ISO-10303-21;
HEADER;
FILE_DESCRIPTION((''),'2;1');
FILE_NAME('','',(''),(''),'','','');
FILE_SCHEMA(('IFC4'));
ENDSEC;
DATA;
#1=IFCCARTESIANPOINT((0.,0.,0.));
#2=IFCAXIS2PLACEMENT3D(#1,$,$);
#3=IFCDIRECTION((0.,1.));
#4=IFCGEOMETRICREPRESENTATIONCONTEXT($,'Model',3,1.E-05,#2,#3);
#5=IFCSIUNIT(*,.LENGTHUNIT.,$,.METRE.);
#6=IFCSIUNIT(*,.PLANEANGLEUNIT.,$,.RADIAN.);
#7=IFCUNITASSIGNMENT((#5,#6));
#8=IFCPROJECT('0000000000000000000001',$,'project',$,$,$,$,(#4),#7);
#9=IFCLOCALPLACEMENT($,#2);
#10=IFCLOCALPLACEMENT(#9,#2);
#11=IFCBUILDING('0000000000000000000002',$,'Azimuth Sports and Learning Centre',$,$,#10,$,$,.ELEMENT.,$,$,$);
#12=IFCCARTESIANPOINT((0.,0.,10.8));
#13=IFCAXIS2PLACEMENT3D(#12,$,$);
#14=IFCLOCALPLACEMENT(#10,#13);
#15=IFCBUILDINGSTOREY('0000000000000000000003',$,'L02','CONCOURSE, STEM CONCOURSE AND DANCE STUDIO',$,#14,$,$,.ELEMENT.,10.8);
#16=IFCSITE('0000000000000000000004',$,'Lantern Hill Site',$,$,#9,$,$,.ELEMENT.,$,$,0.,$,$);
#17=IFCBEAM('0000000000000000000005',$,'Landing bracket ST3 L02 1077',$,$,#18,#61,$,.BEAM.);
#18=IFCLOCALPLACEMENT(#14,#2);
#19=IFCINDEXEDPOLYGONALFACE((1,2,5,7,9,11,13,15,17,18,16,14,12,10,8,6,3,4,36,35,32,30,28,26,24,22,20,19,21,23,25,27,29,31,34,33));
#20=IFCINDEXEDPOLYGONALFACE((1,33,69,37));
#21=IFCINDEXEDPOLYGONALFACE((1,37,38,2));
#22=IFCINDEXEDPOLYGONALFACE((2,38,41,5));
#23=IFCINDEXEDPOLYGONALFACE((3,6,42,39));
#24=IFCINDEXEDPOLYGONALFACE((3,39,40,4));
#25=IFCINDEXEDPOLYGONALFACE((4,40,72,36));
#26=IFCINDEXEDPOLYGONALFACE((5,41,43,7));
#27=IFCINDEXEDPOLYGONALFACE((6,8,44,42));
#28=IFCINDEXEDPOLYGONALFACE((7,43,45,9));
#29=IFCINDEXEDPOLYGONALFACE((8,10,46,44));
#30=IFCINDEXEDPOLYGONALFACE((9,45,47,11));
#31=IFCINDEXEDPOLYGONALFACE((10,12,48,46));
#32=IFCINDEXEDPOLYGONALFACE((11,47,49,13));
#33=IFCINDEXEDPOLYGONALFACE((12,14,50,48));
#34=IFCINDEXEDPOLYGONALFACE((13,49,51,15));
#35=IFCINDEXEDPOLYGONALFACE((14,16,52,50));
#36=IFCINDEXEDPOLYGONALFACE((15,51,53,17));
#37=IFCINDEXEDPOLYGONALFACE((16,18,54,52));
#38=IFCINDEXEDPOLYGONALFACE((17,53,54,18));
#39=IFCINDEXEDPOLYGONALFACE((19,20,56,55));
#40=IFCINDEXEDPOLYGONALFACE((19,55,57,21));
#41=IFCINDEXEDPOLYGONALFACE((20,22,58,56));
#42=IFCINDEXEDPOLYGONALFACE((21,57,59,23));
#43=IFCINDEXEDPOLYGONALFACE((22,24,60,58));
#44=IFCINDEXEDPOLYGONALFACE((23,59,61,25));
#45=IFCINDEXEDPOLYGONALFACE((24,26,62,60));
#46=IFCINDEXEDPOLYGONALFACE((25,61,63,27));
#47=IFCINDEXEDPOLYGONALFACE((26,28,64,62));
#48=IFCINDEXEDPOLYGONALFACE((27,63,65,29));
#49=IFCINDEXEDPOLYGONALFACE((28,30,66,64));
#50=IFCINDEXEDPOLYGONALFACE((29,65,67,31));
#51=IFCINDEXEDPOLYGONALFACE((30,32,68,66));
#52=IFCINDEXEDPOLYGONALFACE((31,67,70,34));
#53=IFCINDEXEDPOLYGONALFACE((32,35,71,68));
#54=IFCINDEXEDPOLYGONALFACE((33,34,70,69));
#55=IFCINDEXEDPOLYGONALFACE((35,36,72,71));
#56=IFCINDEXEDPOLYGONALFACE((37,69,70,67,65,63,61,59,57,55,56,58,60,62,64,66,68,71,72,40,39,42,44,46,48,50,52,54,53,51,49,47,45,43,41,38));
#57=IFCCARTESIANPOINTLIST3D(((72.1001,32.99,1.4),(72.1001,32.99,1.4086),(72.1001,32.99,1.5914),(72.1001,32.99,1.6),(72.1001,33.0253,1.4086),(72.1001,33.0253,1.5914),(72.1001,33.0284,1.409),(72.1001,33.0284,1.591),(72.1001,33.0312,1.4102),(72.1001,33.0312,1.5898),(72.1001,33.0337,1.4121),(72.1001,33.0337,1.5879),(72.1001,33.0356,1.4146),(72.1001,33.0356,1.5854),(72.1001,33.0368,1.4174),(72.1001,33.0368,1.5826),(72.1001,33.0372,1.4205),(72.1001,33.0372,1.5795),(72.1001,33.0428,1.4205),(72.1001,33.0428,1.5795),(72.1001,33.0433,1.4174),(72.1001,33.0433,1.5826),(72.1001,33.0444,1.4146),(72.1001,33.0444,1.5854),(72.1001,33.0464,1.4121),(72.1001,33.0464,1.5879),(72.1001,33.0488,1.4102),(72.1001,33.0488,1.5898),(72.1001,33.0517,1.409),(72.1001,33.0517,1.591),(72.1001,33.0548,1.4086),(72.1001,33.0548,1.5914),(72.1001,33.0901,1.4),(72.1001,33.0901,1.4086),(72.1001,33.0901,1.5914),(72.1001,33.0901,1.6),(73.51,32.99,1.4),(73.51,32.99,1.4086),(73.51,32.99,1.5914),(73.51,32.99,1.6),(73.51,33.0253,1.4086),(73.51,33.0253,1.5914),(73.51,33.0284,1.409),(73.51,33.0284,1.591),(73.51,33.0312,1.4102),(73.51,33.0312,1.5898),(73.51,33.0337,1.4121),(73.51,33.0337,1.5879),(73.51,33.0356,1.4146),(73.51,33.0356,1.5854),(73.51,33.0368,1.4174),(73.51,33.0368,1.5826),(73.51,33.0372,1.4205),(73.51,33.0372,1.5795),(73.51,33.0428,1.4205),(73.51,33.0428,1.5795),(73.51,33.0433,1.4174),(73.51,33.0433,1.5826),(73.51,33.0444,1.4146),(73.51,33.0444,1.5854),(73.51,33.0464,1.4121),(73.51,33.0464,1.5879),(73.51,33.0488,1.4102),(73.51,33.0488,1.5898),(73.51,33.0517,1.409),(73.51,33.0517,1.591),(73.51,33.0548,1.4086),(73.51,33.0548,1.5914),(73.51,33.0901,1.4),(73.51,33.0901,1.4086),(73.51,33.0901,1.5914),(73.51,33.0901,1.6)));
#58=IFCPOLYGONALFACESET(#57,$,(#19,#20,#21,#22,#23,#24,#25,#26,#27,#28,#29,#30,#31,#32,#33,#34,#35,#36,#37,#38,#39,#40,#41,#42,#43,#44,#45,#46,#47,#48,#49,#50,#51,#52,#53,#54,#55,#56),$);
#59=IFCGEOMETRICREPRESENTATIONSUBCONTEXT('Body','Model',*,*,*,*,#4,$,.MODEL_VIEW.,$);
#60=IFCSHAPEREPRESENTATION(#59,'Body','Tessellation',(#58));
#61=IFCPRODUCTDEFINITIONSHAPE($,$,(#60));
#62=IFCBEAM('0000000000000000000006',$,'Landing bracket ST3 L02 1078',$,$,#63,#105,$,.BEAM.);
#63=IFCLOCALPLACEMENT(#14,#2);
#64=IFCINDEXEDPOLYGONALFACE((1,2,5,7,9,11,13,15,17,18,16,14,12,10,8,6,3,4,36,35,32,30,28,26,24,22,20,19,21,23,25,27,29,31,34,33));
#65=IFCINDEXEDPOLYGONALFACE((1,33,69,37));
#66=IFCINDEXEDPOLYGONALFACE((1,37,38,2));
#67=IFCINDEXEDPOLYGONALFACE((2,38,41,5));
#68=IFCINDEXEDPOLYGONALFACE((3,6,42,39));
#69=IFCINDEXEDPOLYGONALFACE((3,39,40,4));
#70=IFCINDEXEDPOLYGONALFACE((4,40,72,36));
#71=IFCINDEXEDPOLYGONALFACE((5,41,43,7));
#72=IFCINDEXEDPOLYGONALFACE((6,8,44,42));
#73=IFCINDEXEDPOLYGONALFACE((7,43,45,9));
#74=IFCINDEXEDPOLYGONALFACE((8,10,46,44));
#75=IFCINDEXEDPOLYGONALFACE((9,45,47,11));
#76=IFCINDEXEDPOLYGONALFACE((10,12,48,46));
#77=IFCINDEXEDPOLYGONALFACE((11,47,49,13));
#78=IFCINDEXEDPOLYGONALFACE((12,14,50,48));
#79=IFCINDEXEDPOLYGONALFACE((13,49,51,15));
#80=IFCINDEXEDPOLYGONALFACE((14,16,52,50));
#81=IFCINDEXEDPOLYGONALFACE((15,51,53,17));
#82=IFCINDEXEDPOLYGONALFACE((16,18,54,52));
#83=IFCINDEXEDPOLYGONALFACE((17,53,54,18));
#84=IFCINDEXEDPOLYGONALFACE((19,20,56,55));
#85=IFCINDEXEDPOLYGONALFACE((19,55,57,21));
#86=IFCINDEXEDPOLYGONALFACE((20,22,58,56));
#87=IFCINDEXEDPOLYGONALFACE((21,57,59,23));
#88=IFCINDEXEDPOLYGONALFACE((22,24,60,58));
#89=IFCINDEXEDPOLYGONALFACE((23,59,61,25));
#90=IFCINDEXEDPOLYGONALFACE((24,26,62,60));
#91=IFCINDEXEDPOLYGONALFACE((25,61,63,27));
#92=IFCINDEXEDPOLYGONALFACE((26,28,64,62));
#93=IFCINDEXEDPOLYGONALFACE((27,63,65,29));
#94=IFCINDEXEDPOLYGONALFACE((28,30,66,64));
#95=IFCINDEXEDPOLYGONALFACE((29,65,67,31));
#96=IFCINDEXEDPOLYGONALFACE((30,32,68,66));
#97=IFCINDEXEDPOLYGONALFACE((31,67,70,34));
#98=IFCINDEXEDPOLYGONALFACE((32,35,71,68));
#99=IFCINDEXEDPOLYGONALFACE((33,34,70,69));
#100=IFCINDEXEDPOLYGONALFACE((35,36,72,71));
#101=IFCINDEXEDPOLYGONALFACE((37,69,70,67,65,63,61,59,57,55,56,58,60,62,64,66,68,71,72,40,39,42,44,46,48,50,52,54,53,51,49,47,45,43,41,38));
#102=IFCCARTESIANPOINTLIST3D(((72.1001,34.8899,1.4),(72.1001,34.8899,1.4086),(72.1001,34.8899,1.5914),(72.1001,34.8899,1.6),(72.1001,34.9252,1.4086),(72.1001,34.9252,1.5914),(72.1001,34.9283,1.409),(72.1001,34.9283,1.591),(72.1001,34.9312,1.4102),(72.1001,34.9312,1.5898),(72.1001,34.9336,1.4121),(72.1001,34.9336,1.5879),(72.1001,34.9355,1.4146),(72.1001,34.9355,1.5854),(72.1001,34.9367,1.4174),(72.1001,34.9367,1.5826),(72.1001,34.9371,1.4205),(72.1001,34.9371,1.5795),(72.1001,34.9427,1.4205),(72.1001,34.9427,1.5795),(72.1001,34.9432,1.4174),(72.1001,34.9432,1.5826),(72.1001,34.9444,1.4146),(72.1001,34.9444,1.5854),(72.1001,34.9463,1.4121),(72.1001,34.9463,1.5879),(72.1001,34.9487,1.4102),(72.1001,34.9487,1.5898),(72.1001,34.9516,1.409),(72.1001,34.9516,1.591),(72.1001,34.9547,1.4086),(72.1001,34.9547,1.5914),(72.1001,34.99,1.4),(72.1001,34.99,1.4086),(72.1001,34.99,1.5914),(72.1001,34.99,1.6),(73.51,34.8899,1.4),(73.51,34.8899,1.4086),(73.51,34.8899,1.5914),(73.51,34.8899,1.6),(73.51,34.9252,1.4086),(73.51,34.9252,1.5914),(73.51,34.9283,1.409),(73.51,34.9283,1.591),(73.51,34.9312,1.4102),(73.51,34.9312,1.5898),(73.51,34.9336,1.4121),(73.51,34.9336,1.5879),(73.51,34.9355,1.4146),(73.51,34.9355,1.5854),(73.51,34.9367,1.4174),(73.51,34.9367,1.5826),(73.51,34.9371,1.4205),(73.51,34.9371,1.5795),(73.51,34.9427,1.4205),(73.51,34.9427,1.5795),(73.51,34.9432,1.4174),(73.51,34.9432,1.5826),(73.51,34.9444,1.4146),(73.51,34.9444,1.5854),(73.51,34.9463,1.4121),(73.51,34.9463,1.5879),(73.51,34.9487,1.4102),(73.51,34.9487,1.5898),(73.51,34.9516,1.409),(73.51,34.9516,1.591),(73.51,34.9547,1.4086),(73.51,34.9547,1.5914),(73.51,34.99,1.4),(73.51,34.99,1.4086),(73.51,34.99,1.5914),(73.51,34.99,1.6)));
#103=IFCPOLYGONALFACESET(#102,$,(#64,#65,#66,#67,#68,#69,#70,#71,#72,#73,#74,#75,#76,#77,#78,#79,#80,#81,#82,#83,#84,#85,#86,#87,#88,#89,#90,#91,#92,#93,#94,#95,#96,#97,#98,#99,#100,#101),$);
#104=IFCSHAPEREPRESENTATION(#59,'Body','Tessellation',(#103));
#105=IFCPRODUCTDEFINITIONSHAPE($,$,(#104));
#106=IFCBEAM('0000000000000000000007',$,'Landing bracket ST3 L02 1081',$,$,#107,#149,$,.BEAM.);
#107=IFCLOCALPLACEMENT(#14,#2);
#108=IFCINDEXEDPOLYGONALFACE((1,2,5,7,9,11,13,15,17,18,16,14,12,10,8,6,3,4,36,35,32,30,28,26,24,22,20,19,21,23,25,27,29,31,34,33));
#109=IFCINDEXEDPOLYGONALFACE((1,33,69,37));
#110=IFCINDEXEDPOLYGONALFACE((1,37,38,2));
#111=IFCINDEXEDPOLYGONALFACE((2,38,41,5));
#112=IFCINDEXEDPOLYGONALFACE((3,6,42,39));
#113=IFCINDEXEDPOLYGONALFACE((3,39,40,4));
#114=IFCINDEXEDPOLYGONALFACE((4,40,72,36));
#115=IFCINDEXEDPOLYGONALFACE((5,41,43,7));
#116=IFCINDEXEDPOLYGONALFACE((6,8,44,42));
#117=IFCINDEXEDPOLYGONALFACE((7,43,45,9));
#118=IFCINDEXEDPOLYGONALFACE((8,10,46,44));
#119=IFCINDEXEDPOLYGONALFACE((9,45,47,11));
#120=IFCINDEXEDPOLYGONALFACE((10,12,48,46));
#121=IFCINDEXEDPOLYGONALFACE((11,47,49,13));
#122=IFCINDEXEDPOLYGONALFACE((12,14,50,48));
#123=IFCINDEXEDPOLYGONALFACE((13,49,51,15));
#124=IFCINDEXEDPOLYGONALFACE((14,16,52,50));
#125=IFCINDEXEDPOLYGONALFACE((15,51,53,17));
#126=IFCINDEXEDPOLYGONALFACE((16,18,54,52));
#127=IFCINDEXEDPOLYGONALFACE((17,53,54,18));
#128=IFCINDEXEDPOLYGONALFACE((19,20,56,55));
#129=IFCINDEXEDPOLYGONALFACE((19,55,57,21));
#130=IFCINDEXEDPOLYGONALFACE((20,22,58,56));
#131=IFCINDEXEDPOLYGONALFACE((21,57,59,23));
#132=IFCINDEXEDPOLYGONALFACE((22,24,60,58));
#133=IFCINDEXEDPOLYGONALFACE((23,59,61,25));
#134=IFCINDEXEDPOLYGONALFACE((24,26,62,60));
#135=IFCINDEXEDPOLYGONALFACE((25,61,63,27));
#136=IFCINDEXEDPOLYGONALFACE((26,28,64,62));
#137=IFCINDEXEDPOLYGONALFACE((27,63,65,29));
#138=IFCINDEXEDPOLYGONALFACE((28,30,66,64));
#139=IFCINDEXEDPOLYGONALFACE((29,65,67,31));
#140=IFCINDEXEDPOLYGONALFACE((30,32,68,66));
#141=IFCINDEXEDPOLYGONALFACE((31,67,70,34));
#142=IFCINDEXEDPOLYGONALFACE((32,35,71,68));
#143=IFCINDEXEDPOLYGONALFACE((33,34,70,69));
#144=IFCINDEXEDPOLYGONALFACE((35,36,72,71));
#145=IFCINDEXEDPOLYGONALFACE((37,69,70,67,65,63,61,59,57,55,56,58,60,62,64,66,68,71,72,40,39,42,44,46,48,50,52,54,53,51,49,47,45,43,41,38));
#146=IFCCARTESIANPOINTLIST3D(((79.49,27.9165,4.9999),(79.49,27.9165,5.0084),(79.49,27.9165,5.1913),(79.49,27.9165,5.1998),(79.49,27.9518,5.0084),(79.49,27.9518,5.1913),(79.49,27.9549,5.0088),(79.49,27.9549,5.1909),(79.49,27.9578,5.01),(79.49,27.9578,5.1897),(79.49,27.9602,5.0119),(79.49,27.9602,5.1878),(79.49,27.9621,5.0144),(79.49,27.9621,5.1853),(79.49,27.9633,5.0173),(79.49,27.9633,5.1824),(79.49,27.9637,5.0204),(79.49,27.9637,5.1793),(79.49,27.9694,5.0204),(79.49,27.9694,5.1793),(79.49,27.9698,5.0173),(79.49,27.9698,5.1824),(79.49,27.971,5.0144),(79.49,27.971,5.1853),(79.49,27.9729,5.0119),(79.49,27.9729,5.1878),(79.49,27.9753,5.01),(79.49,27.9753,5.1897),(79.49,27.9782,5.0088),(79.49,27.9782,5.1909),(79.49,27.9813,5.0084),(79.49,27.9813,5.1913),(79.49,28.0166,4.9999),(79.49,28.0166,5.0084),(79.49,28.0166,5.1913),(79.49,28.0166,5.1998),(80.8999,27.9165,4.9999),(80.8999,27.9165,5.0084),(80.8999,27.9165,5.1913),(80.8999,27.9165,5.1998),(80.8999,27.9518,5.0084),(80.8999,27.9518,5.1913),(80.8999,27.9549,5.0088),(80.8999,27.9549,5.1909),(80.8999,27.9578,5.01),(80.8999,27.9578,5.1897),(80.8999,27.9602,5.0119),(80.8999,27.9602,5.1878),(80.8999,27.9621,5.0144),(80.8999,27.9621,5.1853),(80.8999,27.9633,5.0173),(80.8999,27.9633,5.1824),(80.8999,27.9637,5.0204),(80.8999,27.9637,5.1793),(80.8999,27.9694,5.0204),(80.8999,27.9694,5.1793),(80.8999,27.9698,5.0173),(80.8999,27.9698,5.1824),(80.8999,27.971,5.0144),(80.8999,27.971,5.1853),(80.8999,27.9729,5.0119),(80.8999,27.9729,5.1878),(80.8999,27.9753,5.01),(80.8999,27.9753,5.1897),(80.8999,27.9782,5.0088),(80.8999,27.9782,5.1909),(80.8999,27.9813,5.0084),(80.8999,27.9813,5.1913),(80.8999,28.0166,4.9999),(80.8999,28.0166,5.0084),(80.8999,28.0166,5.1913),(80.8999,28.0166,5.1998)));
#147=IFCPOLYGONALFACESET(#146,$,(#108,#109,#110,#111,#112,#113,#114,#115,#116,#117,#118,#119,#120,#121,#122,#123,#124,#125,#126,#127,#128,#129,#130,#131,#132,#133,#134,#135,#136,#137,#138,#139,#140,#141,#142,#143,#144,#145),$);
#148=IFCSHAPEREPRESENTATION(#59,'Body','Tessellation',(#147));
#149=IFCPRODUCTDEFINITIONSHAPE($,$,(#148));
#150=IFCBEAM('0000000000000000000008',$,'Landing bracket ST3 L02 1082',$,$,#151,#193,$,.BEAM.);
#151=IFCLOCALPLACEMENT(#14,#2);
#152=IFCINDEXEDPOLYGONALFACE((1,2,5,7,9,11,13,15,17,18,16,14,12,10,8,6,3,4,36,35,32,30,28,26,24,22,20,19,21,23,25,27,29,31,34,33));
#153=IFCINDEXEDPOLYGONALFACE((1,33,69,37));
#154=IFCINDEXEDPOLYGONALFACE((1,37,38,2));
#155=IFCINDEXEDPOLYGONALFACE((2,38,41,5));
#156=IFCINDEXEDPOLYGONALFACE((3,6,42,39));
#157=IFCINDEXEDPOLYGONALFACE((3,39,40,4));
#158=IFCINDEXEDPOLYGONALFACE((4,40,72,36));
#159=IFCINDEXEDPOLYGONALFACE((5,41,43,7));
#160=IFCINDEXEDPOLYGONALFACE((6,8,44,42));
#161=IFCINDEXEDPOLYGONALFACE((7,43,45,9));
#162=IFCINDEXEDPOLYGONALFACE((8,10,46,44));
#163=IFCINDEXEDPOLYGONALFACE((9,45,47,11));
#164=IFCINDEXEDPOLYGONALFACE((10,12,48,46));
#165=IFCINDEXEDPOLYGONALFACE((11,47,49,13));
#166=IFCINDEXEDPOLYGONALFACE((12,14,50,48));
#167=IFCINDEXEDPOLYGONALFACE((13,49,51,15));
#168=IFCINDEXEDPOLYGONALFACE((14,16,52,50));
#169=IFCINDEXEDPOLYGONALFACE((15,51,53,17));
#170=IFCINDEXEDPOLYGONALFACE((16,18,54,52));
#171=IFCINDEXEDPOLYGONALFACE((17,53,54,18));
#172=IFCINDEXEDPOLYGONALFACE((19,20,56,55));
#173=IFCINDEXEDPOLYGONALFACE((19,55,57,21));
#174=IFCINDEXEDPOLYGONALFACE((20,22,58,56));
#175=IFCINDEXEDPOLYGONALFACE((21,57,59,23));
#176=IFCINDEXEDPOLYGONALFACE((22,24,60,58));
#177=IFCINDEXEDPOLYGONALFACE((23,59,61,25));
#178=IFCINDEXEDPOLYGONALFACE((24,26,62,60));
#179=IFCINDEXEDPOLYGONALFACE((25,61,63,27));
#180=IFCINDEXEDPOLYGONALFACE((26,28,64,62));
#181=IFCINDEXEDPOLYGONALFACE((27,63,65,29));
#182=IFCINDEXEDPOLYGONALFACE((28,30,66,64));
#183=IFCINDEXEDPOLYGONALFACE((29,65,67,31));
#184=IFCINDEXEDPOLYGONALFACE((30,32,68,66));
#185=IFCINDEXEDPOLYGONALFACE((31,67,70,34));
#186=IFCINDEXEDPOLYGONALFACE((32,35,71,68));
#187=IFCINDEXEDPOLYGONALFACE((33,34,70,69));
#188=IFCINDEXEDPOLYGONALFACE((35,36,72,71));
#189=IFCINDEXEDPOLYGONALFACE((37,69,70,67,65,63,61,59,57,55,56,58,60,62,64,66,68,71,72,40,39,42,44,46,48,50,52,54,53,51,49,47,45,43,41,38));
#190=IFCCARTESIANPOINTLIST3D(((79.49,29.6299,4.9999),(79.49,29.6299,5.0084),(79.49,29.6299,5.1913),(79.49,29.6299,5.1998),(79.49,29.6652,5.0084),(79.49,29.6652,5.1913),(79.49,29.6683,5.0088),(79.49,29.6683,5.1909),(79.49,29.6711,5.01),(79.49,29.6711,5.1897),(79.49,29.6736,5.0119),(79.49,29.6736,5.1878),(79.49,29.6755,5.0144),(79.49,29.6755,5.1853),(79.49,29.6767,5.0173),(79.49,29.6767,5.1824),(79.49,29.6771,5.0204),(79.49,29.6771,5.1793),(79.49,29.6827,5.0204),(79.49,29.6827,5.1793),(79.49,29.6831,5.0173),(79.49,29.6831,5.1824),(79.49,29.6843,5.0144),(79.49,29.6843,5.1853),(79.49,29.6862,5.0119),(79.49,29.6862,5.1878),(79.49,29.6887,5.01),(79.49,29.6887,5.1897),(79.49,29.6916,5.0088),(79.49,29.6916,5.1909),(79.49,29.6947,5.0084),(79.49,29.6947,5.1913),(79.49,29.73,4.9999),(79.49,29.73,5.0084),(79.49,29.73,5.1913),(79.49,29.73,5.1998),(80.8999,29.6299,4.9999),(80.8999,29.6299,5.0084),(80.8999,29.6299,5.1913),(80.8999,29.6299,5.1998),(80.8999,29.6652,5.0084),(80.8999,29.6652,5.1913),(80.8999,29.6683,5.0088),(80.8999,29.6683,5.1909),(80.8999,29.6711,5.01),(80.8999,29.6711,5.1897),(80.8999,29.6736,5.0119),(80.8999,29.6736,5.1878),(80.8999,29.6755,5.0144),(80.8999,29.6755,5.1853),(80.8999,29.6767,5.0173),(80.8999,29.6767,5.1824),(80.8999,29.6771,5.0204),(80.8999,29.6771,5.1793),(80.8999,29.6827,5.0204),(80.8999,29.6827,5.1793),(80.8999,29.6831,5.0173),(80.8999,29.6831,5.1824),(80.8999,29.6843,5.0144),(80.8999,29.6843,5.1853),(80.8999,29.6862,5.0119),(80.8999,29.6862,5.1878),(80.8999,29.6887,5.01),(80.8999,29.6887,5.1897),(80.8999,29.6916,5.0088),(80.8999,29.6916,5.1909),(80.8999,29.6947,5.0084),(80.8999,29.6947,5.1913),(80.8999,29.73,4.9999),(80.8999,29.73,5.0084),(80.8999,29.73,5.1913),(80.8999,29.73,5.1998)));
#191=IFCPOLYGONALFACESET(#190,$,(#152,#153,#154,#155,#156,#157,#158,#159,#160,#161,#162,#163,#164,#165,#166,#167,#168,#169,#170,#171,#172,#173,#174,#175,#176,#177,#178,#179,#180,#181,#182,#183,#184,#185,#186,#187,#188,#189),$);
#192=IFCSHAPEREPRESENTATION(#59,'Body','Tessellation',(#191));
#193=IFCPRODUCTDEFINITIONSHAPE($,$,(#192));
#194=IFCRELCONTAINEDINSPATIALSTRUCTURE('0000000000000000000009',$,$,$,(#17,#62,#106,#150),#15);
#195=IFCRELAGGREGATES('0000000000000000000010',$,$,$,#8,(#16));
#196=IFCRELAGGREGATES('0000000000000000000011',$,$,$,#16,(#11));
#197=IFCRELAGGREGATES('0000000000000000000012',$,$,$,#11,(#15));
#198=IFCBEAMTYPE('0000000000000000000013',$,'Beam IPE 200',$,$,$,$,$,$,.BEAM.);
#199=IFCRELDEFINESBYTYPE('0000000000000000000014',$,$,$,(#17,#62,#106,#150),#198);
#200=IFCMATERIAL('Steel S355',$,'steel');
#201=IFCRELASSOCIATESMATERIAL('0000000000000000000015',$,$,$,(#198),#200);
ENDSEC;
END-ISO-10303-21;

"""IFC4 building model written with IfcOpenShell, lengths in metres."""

from ifc_helpers import new_model, si_unit, direction, frame, origin, origin_2d, place, context, subcontext, project, spatial, i_section, extrude, material, material_profile, profile_set, type_object, element, save


model = new_model("IFC4")

# Units and contexts
model_context = context("Model", 3, precision=1e-05, world=origin(), true_north=direction((0.0, 1.0)))
body_context = subcontext(model_context, "Body", "Model", "MODEL_VIEW")
ifc_project = project(units=[si_unit("LENGTHUNIT", "METRE"), si_unit("PLANEANGLEUNIT", "RADIAN")], contexts=[model_context])

# Site, building, storey
site_placement = place(None, origin())
site = spatial("IfcSite", under=ifc_project, at=site_placement, Name="Lantern Hill Site", CompositionType="ELEMENT", RefElevation=0.0)
building_placement = place(site_placement, origin())
building = spatial("IfcBuilding", under=site, at=building_placement, Name="Azimuth Sports and Learning Centre", CompositionType="ELEMENT")
storey_placement = place(building_placement, frame((0.0, 0.0, 10.8)))
storey = spatial("IfcBuildingStorey", under=building, at=storey_placement, Name="L02", Description="CONCOURSE, STEM CONCOURSE AND DANCE STUDIO", CompositionType="ELEMENT", Elevation=10.8)

# Beams
ifc_material_1 = material(Name="Steel S355", Category="steel")
ifc_material_profile_1 = material_profile(ifc_material_1, i_section(OverallWidth=0.1001, OverallDepth=0.2, WebThickness=0.0056, FlangeThickness=0.0085, FilletRadius=0.012, at=origin_2d()), Name="IPE 200")
ifc_profile_set_1 = profile_set([ifc_material_profile_1], Name="Steel S355")
beam_type_1 = type_object("IfcBeamType", Name="Beam IPE 200", PredefinedType="BEAM", material=ifc_profile_set_1)
for number, where, z_axis, x_axis, name in (
    (1, (72.1001, 33.04, 1.5), (1.0, 0.0, 0.0), (0.0, 1.0, 0.0), "Landing bracket ST3 L02 1077"),
    (2, (72.1001, 34.9399, 1.5), (1.0, 0.0, 0.0), (0.0, 1.0, 0.0), "Landing bracket ST3 L02 1078"),
    (3, (80.8999, 27.9666, 5.0999), (-1.0, 0.0, 0.0), (0.0, -1.0, 0.0), "Landing bracket ST3 L02 1081"),
    (4, (80.8999, 29.6799, 5.0999), (-1.0, 0.0, 0.0), (0.0, -1.0, 0.0), "Landing bracket ST3 L02 1082"),
):
    element("IfcBeam", number, at=place(storey_placement, frame(where, z_axis=z_axis, x_axis=x_axis)), inside=storey, type_object=beam_type_1, Name=name, PredefinedType="BEAM", context=body_context, shape_type="SweptSolid", body=[
        extrude(i_section(OverallWidth=0.1001, OverallDepth=0.2, WebThickness=0.0056, FlangeThickness=0.0085, FilletRadius=0.012, at=origin_2d()), origin(), (0.0, 0.0, 1.0), 1.4099),
    ])

save(model, "model.ifc")
